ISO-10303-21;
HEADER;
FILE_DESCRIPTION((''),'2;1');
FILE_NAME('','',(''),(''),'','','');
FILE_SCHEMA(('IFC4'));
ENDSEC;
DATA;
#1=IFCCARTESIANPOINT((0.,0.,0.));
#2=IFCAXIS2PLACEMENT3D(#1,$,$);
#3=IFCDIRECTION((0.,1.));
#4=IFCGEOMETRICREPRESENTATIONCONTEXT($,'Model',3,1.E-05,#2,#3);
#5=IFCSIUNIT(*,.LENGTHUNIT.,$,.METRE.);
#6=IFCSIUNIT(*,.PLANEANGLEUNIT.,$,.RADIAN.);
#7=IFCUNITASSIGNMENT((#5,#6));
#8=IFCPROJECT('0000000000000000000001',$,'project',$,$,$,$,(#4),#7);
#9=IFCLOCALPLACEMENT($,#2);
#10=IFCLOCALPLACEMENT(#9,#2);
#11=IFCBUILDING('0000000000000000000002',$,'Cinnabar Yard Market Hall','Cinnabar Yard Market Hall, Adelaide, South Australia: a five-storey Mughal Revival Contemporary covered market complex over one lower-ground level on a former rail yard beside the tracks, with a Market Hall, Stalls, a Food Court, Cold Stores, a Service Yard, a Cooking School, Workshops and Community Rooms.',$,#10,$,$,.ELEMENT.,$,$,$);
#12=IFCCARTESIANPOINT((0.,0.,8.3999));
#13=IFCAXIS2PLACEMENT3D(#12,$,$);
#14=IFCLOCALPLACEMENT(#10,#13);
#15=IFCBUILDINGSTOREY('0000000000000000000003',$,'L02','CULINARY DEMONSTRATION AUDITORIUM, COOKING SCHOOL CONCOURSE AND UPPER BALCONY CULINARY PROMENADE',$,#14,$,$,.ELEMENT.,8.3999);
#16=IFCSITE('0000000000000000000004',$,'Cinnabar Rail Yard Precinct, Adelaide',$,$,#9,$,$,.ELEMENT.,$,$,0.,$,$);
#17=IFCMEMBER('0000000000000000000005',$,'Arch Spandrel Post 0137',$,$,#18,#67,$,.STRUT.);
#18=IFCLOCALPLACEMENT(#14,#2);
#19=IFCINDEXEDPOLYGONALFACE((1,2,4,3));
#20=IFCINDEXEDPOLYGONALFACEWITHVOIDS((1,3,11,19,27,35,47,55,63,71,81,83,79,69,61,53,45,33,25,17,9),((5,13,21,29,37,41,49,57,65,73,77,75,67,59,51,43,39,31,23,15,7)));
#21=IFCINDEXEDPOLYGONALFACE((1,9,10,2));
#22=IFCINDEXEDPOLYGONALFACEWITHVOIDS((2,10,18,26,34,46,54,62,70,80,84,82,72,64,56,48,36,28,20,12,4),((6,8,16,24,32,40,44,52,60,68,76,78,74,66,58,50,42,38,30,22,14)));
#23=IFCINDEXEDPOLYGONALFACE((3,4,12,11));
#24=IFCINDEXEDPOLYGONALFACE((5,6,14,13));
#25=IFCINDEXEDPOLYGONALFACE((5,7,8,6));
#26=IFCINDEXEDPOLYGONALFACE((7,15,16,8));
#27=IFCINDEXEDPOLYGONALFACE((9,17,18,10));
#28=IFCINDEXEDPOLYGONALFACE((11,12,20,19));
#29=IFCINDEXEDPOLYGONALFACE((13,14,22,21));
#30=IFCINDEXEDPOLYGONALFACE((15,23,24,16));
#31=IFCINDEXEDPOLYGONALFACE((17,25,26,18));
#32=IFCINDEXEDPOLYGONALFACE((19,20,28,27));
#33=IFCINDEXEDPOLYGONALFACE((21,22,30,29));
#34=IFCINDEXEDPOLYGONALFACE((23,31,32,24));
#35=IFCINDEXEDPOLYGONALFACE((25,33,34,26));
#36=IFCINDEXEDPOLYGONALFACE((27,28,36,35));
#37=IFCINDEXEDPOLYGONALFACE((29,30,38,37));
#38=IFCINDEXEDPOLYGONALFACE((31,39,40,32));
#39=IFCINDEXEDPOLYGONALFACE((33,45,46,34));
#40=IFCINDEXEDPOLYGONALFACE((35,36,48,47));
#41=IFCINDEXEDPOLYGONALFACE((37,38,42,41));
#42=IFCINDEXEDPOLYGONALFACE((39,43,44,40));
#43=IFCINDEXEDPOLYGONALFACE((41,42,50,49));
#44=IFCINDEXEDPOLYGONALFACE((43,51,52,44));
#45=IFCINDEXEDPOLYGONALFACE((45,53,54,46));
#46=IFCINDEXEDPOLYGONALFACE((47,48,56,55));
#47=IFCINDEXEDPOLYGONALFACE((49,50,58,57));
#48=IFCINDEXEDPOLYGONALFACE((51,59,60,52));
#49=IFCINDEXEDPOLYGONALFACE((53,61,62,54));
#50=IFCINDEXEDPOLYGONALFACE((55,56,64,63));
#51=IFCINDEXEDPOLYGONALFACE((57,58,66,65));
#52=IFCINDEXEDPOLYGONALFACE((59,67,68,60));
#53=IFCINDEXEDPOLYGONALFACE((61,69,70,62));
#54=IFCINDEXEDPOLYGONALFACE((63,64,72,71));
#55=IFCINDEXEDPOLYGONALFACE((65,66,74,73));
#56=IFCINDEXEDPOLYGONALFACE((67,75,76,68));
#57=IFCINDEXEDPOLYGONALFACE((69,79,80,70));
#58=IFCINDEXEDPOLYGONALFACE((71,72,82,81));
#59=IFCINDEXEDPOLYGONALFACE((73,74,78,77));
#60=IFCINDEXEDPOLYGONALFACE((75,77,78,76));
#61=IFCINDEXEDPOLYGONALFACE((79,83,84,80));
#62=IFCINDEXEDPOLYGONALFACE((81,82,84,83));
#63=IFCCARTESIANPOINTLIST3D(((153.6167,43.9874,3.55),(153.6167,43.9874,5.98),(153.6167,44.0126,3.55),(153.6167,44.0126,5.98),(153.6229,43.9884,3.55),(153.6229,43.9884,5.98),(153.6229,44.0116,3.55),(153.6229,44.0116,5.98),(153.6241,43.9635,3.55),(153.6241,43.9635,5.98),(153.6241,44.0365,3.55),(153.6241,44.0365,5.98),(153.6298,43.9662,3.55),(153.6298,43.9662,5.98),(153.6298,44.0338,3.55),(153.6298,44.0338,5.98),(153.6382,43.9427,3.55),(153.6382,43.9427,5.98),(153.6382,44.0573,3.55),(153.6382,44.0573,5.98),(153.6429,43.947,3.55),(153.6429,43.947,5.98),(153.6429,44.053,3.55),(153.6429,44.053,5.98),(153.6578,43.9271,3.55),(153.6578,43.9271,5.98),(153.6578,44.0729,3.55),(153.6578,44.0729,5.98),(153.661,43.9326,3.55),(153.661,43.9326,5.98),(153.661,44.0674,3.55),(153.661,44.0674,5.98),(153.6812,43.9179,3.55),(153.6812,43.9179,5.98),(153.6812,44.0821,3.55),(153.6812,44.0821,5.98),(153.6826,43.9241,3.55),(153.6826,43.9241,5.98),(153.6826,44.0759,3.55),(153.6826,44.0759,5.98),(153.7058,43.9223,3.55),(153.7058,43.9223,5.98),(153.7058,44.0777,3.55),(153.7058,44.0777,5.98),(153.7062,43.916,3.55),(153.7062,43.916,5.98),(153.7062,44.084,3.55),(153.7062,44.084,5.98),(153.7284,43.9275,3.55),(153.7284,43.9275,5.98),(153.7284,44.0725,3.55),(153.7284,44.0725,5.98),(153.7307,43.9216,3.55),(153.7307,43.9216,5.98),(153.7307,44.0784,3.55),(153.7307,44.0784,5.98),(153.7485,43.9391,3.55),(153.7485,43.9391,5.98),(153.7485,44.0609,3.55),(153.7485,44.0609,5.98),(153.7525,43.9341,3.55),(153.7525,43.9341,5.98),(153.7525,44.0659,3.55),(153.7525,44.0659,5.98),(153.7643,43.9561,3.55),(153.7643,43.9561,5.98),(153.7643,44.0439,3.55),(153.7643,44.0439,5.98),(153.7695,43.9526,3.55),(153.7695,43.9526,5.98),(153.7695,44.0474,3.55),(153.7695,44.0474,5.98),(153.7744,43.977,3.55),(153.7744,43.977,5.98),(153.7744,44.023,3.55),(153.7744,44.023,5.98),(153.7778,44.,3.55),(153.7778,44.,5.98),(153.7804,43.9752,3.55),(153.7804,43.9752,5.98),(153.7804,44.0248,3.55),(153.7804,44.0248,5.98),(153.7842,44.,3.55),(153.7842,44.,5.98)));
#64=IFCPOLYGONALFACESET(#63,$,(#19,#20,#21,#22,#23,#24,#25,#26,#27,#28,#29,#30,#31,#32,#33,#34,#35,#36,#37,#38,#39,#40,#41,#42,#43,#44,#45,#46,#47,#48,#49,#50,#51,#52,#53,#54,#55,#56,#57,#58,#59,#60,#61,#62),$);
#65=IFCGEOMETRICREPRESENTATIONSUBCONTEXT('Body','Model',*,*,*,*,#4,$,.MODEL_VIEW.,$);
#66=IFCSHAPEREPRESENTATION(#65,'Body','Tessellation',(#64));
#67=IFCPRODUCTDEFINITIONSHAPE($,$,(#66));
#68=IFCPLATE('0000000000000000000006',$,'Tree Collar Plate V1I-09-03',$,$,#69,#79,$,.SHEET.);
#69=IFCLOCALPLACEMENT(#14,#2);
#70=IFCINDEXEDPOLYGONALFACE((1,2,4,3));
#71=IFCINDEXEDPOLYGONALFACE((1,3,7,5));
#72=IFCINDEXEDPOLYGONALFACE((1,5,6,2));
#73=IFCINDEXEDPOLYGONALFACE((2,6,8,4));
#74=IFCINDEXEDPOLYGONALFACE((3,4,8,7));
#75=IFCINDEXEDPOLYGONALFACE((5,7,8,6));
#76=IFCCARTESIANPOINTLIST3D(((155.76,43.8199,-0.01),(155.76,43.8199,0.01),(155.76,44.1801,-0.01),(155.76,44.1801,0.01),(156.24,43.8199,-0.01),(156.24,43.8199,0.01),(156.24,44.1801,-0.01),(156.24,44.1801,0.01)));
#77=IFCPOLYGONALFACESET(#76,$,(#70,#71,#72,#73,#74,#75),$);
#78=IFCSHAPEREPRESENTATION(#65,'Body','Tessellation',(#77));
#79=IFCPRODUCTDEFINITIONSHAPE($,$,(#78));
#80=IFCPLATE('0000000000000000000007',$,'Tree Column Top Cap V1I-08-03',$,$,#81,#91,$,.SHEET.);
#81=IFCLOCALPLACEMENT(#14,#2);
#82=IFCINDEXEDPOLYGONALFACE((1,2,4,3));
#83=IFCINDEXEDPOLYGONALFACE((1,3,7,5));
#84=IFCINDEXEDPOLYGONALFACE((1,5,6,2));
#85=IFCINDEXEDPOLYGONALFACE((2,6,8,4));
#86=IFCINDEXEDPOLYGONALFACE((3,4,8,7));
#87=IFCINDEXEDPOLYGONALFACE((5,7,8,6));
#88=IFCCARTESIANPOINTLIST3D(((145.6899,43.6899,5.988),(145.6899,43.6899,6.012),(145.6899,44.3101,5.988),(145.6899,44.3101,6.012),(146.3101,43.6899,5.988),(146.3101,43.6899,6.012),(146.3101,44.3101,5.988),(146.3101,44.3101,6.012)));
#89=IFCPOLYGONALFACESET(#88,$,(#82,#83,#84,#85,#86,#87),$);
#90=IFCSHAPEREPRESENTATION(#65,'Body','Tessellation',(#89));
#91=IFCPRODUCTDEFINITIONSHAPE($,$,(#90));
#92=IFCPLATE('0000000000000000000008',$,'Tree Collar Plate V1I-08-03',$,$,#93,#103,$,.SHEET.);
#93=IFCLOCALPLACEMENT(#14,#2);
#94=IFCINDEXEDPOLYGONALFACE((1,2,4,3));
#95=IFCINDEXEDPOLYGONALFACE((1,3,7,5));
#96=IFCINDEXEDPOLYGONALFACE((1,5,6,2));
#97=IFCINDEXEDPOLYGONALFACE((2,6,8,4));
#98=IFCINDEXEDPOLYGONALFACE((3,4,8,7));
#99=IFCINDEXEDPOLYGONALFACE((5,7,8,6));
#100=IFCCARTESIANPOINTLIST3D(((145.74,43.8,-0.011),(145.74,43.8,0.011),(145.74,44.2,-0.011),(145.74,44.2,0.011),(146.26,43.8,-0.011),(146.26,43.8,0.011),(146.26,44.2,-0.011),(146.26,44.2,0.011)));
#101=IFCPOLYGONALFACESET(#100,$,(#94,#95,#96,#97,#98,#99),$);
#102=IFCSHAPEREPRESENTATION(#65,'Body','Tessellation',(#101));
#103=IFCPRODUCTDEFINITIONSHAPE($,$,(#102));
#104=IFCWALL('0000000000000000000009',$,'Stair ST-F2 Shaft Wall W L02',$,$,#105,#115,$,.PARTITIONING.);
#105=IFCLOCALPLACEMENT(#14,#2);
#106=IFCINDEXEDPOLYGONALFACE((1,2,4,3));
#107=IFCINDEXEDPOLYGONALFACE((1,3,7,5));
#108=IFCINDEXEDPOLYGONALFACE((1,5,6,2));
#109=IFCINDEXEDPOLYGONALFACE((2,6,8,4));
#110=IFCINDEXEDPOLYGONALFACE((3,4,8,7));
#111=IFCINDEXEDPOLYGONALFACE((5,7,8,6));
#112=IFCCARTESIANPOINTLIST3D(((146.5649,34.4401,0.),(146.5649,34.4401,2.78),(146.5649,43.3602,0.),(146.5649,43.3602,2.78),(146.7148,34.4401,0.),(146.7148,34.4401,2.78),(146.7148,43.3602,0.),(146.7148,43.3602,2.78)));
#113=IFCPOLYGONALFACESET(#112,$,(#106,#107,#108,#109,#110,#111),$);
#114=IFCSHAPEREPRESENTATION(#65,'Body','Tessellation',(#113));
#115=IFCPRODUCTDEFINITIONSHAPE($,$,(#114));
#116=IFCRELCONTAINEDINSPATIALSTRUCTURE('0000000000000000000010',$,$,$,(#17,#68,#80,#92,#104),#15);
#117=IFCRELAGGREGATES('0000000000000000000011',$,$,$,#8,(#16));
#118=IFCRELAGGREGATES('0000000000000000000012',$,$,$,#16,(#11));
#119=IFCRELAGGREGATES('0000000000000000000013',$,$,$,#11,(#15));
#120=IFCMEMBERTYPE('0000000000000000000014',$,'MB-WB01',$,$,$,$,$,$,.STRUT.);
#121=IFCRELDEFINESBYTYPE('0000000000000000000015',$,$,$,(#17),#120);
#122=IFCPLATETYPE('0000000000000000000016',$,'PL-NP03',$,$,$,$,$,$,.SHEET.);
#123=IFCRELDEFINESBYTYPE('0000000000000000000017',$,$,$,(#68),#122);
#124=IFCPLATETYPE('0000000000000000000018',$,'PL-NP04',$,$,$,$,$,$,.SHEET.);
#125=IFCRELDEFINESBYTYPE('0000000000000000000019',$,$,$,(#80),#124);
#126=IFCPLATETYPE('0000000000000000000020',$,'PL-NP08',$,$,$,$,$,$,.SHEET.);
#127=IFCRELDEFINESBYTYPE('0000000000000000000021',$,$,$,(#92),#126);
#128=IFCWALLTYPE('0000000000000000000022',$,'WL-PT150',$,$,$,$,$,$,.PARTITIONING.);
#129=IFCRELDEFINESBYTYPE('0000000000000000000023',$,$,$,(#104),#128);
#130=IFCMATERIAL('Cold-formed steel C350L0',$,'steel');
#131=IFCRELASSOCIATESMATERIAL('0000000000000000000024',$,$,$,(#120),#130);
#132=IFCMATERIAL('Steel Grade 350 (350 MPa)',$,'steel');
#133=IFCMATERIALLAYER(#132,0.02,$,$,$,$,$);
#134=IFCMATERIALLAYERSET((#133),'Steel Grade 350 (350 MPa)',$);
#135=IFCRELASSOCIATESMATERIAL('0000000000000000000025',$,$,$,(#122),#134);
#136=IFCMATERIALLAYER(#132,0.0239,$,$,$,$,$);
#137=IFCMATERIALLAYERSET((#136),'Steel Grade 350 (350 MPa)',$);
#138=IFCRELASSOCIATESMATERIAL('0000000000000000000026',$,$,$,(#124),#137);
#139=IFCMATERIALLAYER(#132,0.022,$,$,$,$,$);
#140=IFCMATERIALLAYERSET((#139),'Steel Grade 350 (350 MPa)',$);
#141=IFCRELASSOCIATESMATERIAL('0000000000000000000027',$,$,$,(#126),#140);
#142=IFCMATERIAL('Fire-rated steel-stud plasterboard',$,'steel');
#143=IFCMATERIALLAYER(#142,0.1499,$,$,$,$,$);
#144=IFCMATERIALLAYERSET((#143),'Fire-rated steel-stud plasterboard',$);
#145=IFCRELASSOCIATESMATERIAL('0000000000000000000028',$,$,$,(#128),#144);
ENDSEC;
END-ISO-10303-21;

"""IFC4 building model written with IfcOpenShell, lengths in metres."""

from ifc_helpers import new_model, si_unit, direction, frame, frame_2d, origin, origin_2d_with_axis, place, context, subcontext, project, spatial, rectangle, hollow_circle, extrude, material, layer, layer_set, material_profile, profile_set, type_object, element, save


model = new_model("IFC4")

# Units and contexts
model_context = context("Model", 3, precision=1e-05, world=origin(), true_north=direction((0.0, 1.0)))
body_context = subcontext(model_context, "Body", "Model", "MODEL_VIEW")
ifc_project = project(units=[si_unit("LENGTHUNIT", "METRE"), si_unit("PLANEANGLEUNIT", "RADIAN")], contexts=[model_context])

# Site, building, storey
site_placement = place(None, origin())
site = spatial("IfcSite", under=ifc_project, at=site_placement, Name="Cinnabar Rail Yard Precinct, Adelaide", CompositionType="ELEMENT", RefElevation=0.0)
building_placement = place(site_placement, origin())
building = spatial("IfcBuilding", under=site, at=building_placement, Name="Cinnabar Yard Market Hall", Description="Cinnabar Yard Market Hall, Adelaide, South Australia: a five-storey Mughal Revival Contemporary covered market complex over one lower-ground level on a former rail yard beside the tracks, with a Market Hall, Stalls, a Food Court, Cold Stores, a Service Yard, a Cooking School, Workshops and Community Rooms.", CompositionType="ELEMENT")
storey_placement = place(building_placement, frame((0.0, 0.0, 8.3999)))
storey = spatial("IfcBuildingStorey", under=building, at=storey_placement, Name="L02", Description="CULINARY DEMONSTRATION AUDITORIUM, COOKING SCHOOL CONCOURSE AND UPPER BALCONY CULINARY PROMENADE", CompositionType="ELEMENT", Elevation=8.3999)

# Member
ifc_material_1 = material(Name="Cold-formed steel C350L0", Category="steel")
ifc_material_profile_1 = material_profile(ifc_material_1, hollow_circle(Radius=0.0842, WallThickness=0.0063, at=origin_2d_with_axis()), Name="168.3x6.4CHS")
ifc_profile_set_1 = profile_set([ifc_material_profile_1], Name="Cold-formed steel C350L0")
member_type_1 = type_object("IfcMemberType", Name="MB-WB01", PredefinedType="STRUT", material=ifc_profile_set_1)
for number, where, z_axis, x_axis, name in (
    (1, (153.7, 44.0, 3.55), (0.0, 0.0, 1.0), (1.0, 0.0, 0.0), "Arch Spandrel Post 0137"),
):
    element("IfcMember", number, at=place(storey_placement, frame(where, z_axis=z_axis, x_axis=x_axis)), inside=storey, type_object=member_type_1, Name=name, PredefinedType="STRUT", context=body_context, shape_type="SweptSolid", body=[
        extrude(hollow_circle(Radius=0.0842, WallThickness=0.0063, at=origin_2d_with_axis()), origin(), (0.0, 0.0, 1.0), 2.4299),
    ])

# Plates
ifc_material_2 = material(Name="Steel Grade 350 (350 MPa)", Category="steel")
ifc_layer_1 = layer(ifc_material_2, 0.02)
ifc_layer_set_1 = layer_set([ifc_layer_1], Name="Steel Grade 350 (350 MPa)")
plate_type_1 = type_object("IfcPlateType", Name="PL-NP03", PredefinedType="SHEET", material=ifc_layer_set_1)
plate_1_placement = place(storey_placement, frame((156.0, 44.0, -0.01), z_axis=(0.0, 0.0, 1.0), x_axis=(1.0, 0.0, 0.0)))
element("IfcPlate", 2, at=plate_1_placement, inside=storey, type_object=plate_type_1, Name="Tree Collar Plate V1I-09-03", PredefinedType="SHEET", context=body_context, shape_type="SweptSolid", body=[
    extrude(rectangle(XDim=0.48, YDim=0.3601, at=origin_2d_with_axis()), origin(), (0.0, 0.0, 1.0), 0.02),
])
ifc_layer_2 = layer(ifc_material_2, 0.0239)
ifc_layer_set_2 = layer_set([ifc_layer_2], Name="Steel Grade 350 (350 MPa)")
plate_type_2 = type_object("IfcPlateType", Name="PL-NP04", PredefinedType="SHEET", material=ifc_layer_set_2)
plate_2_placement = place(storey_placement, frame((146.0, 44.0, 5.988), z_axis=(0.0, 0.0, 1.0), x_axis=(1.0, 0.0, 0.0)))
element("IfcPlate", 3, at=plate_2_placement, inside=storey, type_object=plate_type_2, Name="Tree Column Top Cap V1I-08-03", PredefinedType="SHEET", context=body_context, shape_type="SweptSolid", body=[
    extrude(rectangle(XDim=0.6201, YDim=0.6201, at=origin_2d_with_axis()), origin(), (0.0, 0.0, 1.0), 0.0239),
])
ifc_layer_3 = layer(ifc_material_2, 0.022)
ifc_layer_set_3 = layer_set([ifc_layer_3], Name="Steel Grade 350 (350 MPa)")
plate_type_3 = type_object("IfcPlateType", Name="PL-NP08", PredefinedType="SHEET", material=ifc_layer_set_3)
plate_3_placement = place(storey_placement, frame((146.0, 44.0, -0.011), z_axis=(0.0, 0.0, 1.0), x_axis=(1.0, 0.0, 0.0)))
element("IfcPlate", 4, at=plate_3_placement, inside=storey, type_object=plate_type_3, Name="Tree Collar Plate V1I-08-03", PredefinedType="SHEET", context=body_context, shape_type="SweptSolid", body=[
    extrude(rectangle(XDim=0.52, YDim=0.3999, at=origin_2d_with_axis()), origin(), (0.0, 0.0, 1.0), 0.022),
])

# Wall
ifc_material_3 = material(Name="Fire-rated steel-stud plasterboard", Category="steel")
ifc_layer_4 = layer(ifc_material_3, 0.1499)
ifc_layer_set_4 = layer_set([ifc_layer_4], Name="Fire-rated steel-stud plasterboard")
wall_type = type_object("IfcWallType", Name="WL-PT150", PredefinedType="PARTITIONING", material=ifc_layer_set_4)
wall_1_placement = place(storey_placement, frame((146.6399, 43.3601, 0.0), z_axis=(0.0, 0.0, 1.0), x_axis=(0.0, -1.0, 0.0)))
element("IfcWall", 5, at=wall_1_placement, inside=storey, type_object=wall_type, Name="Stair ST-F2 Shaft Wall W L02", PredefinedType="PARTITIONING", context=body_context, shape_type="SweptSolid", body=[
    extrude(rectangle(XDim=8.9202, YDim=0.1499, at=frame_2d((4.46, 0.0), x_axis=(1.0, 0.0))), origin(), (0.0, 0.0, 1.0), 2.78),
])

save(model, "model.ifc")
